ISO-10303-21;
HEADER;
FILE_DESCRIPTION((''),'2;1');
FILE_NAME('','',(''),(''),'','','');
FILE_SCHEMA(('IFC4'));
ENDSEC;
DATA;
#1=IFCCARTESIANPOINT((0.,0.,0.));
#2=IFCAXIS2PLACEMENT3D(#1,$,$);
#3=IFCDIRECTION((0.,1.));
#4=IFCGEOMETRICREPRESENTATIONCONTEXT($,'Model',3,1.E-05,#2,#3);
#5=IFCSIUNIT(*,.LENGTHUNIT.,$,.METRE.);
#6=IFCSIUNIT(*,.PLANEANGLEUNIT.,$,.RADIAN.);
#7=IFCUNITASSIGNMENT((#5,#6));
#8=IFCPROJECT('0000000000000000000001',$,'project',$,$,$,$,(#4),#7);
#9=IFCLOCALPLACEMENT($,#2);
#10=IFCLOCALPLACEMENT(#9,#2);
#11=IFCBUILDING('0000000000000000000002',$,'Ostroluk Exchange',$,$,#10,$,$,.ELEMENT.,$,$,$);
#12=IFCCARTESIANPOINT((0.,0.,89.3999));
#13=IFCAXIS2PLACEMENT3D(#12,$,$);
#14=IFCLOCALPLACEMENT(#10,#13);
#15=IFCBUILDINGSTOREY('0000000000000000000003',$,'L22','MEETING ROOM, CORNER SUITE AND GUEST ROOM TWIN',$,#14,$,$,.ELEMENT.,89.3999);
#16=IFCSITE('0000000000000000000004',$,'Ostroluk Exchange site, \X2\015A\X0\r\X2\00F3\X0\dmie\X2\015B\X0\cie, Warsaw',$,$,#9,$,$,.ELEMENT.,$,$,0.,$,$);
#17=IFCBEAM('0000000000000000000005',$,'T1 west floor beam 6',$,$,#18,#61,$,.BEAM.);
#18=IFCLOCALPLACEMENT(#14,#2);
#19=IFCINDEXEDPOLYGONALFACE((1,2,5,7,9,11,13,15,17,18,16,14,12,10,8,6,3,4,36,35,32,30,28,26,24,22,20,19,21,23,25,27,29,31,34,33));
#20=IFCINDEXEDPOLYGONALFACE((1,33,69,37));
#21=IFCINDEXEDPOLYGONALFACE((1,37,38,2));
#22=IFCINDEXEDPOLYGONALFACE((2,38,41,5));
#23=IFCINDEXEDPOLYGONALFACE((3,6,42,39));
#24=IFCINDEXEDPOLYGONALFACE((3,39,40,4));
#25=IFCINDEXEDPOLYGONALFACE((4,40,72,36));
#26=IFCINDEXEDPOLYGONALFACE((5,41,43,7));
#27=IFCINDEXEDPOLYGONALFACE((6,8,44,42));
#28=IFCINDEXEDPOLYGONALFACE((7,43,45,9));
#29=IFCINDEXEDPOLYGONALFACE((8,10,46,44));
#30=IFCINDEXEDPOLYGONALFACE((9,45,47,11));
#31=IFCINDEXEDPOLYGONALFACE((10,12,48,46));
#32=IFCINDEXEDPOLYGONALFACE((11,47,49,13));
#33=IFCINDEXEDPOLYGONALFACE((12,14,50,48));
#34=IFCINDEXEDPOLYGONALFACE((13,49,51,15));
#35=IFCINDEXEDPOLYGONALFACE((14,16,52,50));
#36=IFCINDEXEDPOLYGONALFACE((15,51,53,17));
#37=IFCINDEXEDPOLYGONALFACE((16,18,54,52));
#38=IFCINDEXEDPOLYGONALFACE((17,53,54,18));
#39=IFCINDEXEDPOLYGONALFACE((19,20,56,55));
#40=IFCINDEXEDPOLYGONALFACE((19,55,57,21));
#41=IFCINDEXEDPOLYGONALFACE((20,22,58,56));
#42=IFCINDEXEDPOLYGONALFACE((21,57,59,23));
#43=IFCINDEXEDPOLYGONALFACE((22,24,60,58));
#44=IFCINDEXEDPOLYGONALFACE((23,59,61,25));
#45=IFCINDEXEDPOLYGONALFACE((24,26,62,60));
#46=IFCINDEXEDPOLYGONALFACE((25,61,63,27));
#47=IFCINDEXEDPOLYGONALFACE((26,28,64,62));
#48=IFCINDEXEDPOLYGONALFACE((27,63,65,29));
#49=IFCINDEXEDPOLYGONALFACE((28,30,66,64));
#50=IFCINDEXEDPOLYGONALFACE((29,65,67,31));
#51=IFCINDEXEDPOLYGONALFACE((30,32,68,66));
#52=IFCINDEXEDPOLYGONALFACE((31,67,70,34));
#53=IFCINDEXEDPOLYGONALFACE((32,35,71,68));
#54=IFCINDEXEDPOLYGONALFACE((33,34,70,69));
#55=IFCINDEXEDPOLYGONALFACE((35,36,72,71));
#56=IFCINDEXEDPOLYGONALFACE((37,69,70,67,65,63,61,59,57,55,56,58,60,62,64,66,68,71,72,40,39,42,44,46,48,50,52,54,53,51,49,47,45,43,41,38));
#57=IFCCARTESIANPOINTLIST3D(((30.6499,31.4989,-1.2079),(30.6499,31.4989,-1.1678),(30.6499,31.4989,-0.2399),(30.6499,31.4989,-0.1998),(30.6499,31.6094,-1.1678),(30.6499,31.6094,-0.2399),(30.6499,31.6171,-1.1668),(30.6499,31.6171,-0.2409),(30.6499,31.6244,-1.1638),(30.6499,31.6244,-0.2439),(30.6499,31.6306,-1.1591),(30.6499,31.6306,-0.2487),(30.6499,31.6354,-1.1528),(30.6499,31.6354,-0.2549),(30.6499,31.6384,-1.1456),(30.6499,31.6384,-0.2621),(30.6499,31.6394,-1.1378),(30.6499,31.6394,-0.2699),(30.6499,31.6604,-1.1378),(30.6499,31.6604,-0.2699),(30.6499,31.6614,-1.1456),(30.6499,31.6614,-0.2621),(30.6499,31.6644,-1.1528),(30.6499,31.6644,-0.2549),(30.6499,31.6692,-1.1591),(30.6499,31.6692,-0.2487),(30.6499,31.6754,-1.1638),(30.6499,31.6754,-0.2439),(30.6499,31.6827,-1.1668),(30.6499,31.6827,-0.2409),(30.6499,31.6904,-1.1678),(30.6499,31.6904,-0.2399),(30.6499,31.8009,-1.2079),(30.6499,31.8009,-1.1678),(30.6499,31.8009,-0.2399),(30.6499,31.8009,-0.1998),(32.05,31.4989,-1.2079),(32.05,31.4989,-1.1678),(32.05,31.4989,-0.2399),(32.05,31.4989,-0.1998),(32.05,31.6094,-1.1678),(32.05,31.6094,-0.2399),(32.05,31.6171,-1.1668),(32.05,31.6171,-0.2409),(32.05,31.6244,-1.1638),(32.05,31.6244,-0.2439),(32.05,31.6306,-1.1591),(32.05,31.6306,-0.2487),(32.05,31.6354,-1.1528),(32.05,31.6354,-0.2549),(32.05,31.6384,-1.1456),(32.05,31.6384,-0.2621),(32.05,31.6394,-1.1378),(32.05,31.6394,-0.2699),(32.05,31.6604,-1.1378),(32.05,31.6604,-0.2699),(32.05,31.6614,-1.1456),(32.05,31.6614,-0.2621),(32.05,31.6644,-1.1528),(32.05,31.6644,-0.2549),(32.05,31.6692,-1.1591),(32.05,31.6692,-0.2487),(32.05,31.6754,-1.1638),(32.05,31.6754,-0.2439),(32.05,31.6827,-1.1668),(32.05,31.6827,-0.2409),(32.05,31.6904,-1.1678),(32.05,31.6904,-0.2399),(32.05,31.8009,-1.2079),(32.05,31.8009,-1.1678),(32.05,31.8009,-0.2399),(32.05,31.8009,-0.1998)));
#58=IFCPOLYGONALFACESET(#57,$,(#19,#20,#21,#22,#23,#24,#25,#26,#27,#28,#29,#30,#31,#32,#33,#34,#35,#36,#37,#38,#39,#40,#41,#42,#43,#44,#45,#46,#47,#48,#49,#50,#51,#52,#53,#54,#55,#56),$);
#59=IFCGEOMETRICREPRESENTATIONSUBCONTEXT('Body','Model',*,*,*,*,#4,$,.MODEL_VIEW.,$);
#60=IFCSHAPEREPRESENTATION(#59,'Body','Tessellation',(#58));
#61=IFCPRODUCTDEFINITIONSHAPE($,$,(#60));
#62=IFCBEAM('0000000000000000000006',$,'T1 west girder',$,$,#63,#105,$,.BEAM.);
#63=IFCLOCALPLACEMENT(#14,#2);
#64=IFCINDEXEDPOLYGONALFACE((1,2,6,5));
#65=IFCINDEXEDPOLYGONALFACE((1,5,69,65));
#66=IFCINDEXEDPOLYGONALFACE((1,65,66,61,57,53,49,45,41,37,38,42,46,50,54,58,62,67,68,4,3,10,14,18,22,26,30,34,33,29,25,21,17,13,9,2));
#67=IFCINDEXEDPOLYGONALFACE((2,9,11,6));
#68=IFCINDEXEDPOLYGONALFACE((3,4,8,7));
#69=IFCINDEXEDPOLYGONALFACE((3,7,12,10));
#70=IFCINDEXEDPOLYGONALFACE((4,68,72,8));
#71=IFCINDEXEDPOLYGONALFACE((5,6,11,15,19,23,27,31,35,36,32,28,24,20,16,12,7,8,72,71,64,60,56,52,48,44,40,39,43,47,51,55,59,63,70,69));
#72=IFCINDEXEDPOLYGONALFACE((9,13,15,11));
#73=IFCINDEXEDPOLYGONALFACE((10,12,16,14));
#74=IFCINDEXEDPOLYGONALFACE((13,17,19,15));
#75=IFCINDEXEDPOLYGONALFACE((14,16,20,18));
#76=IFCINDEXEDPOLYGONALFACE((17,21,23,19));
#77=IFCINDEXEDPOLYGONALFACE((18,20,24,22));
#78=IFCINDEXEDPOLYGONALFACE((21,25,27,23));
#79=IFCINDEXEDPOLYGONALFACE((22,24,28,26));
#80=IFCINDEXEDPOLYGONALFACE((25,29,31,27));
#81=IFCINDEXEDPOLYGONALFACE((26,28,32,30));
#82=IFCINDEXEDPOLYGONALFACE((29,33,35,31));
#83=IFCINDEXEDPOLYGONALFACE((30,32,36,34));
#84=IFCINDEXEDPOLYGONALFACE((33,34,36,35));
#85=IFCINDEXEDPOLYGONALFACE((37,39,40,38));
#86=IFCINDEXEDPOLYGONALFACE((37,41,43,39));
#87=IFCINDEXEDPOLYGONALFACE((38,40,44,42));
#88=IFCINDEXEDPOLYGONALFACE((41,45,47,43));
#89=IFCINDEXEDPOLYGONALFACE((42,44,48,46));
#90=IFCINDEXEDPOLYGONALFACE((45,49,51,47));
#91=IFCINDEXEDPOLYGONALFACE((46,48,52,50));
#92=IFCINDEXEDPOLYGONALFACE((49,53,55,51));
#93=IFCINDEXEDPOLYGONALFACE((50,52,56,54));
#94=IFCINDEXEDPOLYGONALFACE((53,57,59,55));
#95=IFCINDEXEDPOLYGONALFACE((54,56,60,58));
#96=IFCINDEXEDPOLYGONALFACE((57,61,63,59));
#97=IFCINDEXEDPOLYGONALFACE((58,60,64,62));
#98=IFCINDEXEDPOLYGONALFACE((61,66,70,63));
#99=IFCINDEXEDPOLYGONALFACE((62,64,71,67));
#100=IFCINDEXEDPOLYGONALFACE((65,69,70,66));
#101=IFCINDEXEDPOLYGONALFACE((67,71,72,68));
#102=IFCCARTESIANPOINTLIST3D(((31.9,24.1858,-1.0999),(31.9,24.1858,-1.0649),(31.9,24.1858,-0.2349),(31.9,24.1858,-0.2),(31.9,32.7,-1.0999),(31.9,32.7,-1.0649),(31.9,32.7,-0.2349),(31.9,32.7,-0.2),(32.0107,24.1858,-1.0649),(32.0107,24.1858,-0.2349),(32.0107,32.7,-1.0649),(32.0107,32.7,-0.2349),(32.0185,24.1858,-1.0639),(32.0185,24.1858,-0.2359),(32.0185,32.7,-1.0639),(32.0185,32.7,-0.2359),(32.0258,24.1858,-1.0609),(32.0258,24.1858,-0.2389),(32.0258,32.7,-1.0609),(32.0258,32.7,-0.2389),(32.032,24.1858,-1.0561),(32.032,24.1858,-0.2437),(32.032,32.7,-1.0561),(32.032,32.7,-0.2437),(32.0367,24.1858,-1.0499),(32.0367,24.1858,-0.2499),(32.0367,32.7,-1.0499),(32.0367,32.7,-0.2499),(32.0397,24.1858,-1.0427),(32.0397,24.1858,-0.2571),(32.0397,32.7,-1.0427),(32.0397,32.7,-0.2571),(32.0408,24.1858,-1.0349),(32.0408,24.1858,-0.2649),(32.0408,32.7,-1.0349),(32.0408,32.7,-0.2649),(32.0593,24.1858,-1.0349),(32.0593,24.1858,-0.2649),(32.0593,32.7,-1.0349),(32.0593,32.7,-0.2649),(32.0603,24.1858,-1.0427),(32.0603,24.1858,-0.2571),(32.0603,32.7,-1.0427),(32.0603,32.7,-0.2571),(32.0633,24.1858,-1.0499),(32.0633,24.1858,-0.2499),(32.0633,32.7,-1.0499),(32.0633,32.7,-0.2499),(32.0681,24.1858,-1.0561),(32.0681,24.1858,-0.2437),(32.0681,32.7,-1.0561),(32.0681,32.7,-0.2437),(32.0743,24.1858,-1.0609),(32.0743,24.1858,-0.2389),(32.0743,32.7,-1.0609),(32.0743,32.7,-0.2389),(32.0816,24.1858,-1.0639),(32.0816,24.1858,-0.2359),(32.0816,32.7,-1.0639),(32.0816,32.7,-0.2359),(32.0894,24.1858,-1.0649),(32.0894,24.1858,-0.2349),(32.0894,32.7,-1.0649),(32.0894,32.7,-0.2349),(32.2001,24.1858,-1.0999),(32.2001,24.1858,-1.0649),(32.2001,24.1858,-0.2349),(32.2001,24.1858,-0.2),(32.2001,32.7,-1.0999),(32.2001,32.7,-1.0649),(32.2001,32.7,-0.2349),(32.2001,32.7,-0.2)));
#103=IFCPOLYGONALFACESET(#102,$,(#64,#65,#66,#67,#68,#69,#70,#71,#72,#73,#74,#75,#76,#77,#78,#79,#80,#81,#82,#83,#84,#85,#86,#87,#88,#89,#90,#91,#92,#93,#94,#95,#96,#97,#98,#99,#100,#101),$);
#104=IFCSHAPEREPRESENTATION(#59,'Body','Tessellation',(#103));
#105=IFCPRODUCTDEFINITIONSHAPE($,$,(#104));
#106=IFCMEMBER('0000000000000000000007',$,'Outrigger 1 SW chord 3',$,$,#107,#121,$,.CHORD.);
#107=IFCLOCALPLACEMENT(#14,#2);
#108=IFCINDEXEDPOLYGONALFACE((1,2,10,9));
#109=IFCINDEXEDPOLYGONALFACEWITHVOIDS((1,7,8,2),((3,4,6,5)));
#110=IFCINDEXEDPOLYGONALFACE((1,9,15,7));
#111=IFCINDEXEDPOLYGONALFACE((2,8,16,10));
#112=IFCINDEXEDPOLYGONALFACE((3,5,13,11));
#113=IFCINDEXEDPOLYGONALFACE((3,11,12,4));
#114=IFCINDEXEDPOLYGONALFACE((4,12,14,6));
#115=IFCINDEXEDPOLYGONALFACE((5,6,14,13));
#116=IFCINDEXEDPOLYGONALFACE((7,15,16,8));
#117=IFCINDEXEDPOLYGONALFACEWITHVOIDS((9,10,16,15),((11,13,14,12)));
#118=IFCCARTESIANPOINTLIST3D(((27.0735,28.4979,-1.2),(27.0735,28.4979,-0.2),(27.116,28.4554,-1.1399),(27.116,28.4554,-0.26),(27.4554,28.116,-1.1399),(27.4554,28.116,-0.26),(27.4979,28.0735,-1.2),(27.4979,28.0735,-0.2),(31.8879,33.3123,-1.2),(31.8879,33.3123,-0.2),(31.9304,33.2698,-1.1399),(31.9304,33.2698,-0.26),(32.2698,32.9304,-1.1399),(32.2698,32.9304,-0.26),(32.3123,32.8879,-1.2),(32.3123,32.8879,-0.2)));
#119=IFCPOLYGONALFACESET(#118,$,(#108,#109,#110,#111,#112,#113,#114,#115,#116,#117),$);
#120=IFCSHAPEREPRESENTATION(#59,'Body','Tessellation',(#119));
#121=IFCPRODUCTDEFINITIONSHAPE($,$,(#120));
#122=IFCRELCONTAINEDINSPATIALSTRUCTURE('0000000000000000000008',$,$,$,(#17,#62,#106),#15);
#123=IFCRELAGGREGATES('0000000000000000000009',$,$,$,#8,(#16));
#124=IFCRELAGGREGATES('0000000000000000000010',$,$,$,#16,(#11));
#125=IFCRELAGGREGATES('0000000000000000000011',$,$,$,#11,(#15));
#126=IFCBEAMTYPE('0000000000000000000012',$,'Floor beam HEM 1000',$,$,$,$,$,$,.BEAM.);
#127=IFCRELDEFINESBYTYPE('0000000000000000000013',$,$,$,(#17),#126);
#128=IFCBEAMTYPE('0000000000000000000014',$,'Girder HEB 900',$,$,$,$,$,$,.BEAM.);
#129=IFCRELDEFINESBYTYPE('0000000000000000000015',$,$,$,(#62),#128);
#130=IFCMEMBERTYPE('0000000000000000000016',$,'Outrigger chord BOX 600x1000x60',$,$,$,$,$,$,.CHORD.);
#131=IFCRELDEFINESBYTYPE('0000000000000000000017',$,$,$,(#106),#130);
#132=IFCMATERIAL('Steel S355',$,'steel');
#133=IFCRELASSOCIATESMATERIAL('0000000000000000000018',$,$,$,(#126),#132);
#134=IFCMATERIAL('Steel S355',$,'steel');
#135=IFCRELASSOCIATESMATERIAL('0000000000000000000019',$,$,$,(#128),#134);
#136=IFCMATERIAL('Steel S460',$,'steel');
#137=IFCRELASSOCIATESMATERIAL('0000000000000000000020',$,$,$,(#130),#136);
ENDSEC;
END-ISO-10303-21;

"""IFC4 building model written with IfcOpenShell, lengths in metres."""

from ifc_helpers import new_model, si_unit, direction, frame, origin, origin_2d, place, context, subcontext, project, spatial, hollow_rectangle, i_section, extrude, material, material_profile, profile_set, type_object, element, save


model = new_model("IFC4")

# Units and contexts
model_context = context("Model", 3, precision=1e-05, world=origin(), true_north=direction((0.0, 1.0)))
body_context = subcontext(model_context, "Body", "Model", "MODEL_VIEW")
ifc_project = project(units=[si_unit("LENGTHUNIT", "METRE"), si_unit("PLANEANGLEUNIT", "RADIAN")], contexts=[model_context])

# Site, building, storey
site_placement = place(None, origin())
site = spatial("IfcSite", under=ifc_project, at=site_placement, Name="Ostroluk Exchange site, Śródmieście, Warsaw", CompositionType="ELEMENT", RefElevation=0.0)
building_placement = place(site_placement, origin())
building = spatial("IfcBuilding", under=site, at=building_placement, Name="Ostroluk Exchange", CompositionType="ELEMENT")
storey_placement = place(building_placement, frame((0.0, 0.0, 89.3999)))
storey = spatial("IfcBuildingStorey", under=building, at=storey_placement, Name="L22", Description="MEETING ROOM, CORNER SUITE AND GUEST ROOM TWIN", CompositionType="ELEMENT", Elevation=89.3999)

# Beams
ifc_material_1 = material(Name="Steel S355", Category="steel")
ifc_material_profile_1 = material_profile(ifc_material_1, i_section(OverallWidth=0.302, OverallDepth=1.0081, WebThickness=0.021, FlangeThickness=0.04, FilletRadius=0.03, at=origin_2d()), Name="HEM 1000")
ifc_profile_set_1 = profile_set([ifc_material_profile_1], Name="Steel S355")
beam_type_1 = type_object("IfcBeamType", Name="Floor beam HEM 1000", PredefinedType="BEAM", material=ifc_profile_set_1)
beam_1_placement = place(storey_placement, frame((32.05, 31.6499, -0.7039), z_axis=(-1.0, 0.0, 0.0), x_axis=(0.0, -1.0, 0.0)))
element("IfcBeam", 1, at=beam_1_placement, inside=storey, type_object=beam_type_1, Name="T1 west floor beam 6", PredefinedType="BEAM", context=body_context, shape_type="SweptSolid", body=[
    extrude(i_section(OverallWidth=0.302, OverallDepth=1.0081, WebThickness=0.021, FlangeThickness=0.04, FilletRadius=0.03, at=origin_2d()), origin(), (0.0, 0.0, 1.0), 1.4001),
])
ifc_material_2 = material(Name="Steel S355", Category="steel")
ifc_material_profile_2 = material_profile(ifc_material_2, i_section(OverallWidth=0.3, OverallDepth=0.8999, WebThickness=0.0186, FlangeThickness=0.0349, FilletRadius=0.03, at=origin_2d()), Name="HEB 900")
ifc_profile_set_2 = profile_set([ifc_material_profile_2], Name="Steel S355")
beam_type_2 = type_object("IfcBeamType", Name="Girder HEB 900", PredefinedType="BEAM", material=ifc_profile_set_2)
beam_2_placement = place(storey_placement, frame((32.05, 32.7, -0.6499), z_axis=(0.0, -1.0, 0.0), x_axis=(1.0, 0.0, 0.0)))
element("IfcBeam", 2, at=beam_2_placement, inside=storey, type_object=beam_type_2, Name="T1 west girder", PredefinedType="BEAM", context=body_context, shape_type="SweptSolid", body=[
    extrude(i_section(OverallWidth=0.3, OverallDepth=0.8999, WebThickness=0.0186, FlangeThickness=0.0349, FilletRadius=0.03, at=origin_2d()), origin(), (0.0, 0.0, 1.0), 8.5142),
])

# Member
ifc_material_3 = material(Name="Steel S460", Category="steel")
ifc_material_profile_3 = material_profile(ifc_material_3, hollow_rectangle(XDim=0.6001, YDim=1.0, WallThickness=0.0601, at=origin_2d()), Name="BOX 600x1000x60")
ifc_profile_set_3 = profile_set([ifc_material_profile_3], Name="Steel S460")
member_type = type_object("IfcMemberType", Name="Outrigger chord BOX 600x1000x60", PredefinedType="CHORD", material=ifc_profile_set_3)
member_placement = place(storey_placement, frame((32.1001, 33.1001, -0.7), z_axis=(-0.707107, -0.707107, 0.0), x_axis=(0.707107, -0.707107, 0.0)))
element("IfcMember", 3, at=member_placement, inside=storey, type_object=member_type, Name="Outrigger 1 SW chord 3", PredefinedType="CHORD", context=body_context, shape_type="SweptSolid", body=[
    extrude(hollow_rectangle(XDim=0.6001, YDim=1.0, WallThickness=0.0601, at=origin_2d()), origin(), (0.0, 0.0, 1.0), 6.8086),
])

save(model, "model.ifc")
